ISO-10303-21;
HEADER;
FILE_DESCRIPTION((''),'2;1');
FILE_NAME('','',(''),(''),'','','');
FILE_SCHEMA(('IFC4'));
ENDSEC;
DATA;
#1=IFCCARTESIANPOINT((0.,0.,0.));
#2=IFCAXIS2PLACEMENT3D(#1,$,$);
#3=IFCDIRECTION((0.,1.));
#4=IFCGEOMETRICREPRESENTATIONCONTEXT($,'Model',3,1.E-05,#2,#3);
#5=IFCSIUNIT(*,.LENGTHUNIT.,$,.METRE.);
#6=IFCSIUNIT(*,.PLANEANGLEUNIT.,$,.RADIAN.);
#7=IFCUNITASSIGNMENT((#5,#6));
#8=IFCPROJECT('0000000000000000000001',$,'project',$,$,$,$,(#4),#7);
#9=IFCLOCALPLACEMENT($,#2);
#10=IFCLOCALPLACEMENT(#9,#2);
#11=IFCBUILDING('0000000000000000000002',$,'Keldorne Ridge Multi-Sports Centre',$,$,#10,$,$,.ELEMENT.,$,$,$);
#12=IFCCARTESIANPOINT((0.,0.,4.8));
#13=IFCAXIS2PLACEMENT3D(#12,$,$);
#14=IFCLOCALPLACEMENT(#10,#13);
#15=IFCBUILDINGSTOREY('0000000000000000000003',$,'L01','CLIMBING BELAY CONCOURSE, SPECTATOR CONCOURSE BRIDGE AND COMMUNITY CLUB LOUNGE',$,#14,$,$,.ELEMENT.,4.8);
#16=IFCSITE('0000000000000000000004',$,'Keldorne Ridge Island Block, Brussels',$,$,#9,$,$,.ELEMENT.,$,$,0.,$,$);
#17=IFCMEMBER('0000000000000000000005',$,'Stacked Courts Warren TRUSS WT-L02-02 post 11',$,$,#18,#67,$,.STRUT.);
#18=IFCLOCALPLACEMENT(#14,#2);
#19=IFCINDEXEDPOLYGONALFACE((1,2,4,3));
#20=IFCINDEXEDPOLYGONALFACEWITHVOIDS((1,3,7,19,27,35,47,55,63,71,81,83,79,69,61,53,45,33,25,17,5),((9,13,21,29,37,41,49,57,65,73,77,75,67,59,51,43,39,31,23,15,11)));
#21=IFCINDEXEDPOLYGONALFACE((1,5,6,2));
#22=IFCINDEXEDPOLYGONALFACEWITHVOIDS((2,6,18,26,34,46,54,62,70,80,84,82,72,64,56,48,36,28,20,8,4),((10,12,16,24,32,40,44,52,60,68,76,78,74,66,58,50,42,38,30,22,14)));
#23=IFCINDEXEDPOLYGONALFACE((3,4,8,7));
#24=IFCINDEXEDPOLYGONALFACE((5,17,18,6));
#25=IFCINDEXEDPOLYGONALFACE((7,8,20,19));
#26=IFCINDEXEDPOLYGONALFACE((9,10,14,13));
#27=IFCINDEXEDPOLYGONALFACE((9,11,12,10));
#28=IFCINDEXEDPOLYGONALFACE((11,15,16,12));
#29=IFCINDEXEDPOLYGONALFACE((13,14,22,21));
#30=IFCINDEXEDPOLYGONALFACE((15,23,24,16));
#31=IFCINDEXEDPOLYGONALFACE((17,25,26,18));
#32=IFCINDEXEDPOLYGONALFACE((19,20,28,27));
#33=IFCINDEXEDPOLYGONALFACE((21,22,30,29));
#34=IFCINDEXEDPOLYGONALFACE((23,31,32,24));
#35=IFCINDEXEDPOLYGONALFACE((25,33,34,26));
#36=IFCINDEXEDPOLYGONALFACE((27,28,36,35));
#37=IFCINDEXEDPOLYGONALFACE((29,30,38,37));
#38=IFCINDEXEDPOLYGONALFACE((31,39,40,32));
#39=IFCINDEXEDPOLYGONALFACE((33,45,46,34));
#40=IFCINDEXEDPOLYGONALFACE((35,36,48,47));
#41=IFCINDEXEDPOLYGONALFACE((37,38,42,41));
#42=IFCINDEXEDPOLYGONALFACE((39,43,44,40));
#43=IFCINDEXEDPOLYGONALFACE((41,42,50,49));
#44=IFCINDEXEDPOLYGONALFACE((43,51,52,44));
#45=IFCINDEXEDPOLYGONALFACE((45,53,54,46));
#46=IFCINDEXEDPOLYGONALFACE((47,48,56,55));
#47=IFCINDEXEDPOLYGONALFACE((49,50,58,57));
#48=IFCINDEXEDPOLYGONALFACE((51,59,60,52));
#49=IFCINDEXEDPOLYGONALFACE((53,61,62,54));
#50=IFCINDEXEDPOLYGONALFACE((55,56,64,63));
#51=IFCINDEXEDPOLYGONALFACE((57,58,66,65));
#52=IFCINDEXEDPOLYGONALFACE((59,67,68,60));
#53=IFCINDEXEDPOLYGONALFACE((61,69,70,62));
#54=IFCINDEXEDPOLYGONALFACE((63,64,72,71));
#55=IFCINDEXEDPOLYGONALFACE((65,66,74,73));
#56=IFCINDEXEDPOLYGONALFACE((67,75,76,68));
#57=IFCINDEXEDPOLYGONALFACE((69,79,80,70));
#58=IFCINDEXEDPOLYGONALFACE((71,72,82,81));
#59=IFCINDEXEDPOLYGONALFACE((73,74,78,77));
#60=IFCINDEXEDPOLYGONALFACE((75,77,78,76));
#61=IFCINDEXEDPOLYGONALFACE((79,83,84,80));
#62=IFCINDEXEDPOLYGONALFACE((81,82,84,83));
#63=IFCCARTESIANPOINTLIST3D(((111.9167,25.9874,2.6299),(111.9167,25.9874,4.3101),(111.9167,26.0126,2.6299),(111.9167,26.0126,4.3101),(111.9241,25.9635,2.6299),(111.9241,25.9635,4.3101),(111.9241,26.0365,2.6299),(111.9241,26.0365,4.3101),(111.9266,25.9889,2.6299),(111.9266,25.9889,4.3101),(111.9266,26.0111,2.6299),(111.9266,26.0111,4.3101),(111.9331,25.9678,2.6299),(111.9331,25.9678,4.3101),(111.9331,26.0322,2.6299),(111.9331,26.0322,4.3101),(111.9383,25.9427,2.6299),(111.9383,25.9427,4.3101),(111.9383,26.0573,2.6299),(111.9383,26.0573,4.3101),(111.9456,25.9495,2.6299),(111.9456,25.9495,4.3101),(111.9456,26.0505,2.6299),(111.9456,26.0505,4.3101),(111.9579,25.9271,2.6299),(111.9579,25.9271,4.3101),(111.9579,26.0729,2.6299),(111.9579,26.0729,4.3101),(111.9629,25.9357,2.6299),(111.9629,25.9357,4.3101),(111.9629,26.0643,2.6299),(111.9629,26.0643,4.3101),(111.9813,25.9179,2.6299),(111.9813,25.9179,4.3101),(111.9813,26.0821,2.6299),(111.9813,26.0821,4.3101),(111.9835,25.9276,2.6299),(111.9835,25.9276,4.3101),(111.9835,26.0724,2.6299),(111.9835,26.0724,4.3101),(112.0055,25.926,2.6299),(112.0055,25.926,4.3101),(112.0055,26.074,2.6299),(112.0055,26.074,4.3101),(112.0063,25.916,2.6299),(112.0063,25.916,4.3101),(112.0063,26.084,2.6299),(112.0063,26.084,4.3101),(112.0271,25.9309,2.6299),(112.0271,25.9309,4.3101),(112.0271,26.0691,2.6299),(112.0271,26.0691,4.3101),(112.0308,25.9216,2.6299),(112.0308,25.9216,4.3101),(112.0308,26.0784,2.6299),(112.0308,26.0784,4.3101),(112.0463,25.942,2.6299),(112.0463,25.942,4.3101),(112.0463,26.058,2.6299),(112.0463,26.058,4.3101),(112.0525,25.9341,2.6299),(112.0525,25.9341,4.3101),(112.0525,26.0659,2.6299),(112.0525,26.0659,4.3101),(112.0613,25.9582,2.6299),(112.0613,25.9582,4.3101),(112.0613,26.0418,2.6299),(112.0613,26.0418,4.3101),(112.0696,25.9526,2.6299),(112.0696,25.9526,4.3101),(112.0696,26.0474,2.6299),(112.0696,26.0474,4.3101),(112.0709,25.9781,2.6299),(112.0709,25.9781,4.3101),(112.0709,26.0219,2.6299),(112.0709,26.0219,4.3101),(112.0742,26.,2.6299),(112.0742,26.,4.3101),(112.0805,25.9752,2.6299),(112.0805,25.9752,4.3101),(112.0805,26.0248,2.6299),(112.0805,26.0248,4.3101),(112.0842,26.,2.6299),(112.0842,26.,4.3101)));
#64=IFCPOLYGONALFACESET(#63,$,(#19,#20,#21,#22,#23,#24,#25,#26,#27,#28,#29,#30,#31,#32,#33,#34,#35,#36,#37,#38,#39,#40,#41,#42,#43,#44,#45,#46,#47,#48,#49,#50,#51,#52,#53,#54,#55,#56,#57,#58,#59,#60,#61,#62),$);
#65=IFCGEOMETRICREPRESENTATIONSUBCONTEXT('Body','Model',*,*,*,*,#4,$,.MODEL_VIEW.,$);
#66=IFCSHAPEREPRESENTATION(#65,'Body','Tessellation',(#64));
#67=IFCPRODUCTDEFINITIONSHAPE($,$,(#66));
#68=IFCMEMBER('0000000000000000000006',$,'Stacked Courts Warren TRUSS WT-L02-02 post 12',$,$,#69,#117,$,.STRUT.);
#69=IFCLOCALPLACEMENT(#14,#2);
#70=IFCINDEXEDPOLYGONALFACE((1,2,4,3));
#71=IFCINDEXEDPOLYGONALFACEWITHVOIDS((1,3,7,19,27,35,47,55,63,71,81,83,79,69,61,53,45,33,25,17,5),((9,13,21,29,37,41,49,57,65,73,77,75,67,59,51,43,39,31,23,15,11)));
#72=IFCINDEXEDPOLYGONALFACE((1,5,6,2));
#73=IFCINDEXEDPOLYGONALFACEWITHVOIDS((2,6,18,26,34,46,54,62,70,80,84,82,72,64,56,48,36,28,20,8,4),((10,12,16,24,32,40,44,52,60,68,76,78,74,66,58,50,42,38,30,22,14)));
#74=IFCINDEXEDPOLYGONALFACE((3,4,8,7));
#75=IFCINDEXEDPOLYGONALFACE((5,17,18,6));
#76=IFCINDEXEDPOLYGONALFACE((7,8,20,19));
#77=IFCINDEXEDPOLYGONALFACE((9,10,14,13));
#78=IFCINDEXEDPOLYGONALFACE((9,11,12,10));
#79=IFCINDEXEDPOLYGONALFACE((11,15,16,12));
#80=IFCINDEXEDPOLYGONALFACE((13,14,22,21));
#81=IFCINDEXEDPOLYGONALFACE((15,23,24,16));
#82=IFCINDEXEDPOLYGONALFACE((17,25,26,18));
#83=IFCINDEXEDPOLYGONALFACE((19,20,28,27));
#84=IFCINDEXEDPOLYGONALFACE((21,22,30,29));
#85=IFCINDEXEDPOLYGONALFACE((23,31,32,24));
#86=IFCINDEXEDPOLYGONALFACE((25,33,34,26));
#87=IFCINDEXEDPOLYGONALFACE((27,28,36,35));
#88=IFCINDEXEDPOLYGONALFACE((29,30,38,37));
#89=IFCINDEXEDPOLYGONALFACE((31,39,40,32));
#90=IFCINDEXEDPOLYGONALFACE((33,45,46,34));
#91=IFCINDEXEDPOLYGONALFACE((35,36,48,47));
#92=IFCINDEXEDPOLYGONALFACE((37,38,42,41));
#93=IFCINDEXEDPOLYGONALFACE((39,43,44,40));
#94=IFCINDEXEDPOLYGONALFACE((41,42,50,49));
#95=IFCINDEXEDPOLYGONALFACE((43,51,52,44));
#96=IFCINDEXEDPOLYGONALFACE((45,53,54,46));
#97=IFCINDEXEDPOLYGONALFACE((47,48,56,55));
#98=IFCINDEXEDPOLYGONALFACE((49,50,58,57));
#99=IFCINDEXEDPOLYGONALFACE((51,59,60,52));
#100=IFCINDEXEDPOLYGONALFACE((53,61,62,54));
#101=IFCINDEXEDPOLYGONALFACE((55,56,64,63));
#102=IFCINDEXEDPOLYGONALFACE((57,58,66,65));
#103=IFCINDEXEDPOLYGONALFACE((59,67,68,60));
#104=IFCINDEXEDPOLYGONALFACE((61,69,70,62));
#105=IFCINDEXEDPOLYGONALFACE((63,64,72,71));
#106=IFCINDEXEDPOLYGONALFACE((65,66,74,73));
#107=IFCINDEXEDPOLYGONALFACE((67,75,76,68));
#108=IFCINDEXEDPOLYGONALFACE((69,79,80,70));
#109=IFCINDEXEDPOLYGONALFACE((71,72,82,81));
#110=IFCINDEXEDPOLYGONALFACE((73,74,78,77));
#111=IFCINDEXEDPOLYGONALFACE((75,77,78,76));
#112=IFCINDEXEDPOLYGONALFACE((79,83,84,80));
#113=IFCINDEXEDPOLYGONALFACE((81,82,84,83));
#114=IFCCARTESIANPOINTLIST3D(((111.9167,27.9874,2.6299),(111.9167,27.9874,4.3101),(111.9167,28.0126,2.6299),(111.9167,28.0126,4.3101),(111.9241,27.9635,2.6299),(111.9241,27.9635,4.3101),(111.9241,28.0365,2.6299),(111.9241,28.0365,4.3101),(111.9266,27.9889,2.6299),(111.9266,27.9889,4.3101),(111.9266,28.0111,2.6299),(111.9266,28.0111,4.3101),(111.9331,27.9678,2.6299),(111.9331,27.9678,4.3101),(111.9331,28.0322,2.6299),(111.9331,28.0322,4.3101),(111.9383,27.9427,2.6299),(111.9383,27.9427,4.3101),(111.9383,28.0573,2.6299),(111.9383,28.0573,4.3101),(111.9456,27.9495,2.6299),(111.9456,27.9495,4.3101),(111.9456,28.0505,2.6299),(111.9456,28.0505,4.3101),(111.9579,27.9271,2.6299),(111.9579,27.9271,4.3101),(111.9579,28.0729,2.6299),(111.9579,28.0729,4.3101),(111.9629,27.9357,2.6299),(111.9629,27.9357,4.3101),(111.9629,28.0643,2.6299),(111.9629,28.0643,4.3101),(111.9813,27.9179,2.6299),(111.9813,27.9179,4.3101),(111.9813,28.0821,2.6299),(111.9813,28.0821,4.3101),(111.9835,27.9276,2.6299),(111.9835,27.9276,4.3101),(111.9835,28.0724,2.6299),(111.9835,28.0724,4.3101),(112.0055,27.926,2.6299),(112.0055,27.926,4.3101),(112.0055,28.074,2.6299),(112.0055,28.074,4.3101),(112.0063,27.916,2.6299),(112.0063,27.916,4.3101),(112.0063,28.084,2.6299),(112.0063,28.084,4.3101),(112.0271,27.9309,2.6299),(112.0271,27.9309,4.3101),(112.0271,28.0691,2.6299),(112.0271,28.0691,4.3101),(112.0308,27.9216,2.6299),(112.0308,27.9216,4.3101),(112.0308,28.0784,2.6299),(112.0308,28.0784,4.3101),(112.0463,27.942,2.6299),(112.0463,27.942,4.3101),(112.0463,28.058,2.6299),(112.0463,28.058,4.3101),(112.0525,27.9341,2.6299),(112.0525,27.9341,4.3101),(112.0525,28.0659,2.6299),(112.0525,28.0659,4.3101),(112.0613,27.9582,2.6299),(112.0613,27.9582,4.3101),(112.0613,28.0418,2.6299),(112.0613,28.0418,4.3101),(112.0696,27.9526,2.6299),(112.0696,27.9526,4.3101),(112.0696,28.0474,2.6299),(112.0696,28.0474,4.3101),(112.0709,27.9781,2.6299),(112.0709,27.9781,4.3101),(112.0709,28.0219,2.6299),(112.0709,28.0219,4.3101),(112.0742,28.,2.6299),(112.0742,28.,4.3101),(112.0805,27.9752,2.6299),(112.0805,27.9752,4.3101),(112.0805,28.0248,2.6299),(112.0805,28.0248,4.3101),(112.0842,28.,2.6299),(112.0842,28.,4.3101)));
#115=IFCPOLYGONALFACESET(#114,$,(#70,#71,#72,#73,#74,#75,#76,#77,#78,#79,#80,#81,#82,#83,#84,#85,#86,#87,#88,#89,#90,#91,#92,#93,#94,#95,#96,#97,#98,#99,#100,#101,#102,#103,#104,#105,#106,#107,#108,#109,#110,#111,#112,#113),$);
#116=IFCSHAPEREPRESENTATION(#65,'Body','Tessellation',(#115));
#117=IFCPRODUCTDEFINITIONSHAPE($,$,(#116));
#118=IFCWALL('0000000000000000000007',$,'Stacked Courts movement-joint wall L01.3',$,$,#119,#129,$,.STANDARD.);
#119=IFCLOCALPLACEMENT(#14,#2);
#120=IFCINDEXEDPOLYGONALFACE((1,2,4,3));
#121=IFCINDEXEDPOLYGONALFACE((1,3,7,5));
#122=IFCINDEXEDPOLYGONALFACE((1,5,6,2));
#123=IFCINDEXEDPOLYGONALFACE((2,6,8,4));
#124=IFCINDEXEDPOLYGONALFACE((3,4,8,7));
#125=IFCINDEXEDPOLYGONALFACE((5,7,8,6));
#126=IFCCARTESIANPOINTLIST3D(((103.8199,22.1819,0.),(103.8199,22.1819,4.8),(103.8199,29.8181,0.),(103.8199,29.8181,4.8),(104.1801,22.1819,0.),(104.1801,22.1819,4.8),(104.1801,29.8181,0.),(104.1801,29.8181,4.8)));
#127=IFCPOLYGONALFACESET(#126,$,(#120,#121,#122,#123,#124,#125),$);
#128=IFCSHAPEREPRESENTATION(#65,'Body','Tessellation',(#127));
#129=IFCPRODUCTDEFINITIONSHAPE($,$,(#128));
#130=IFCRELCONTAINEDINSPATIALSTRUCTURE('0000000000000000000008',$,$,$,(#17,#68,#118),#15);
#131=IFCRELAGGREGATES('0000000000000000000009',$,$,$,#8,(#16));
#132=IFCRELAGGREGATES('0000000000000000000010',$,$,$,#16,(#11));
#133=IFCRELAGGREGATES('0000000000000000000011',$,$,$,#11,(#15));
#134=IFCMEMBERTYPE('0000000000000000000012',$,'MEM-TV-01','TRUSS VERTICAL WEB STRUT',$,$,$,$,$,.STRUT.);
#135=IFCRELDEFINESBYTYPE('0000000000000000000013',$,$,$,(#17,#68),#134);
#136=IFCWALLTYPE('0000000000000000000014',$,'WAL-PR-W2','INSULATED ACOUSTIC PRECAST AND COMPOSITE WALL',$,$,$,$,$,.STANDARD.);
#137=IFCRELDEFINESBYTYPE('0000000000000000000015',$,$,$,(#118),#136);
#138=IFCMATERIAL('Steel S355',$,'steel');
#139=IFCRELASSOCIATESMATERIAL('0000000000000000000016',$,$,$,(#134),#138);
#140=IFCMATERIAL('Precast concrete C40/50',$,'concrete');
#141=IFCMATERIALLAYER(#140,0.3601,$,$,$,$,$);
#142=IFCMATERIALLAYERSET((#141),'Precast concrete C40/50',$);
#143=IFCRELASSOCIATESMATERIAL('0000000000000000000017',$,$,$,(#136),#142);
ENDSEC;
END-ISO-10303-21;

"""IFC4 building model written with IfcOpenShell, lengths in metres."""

from ifc_helpers import new_model, si_unit, direction, frame, frame_2d, origin, origin_2d, place, context, subcontext, project, spatial, rectangle, hollow_circle, extrude, material, layer, layer_set, material_profile, profile_set, type_object, element, save


model = new_model("IFC4")

# Units and contexts
model_context = context("Model", 3, precision=1e-05, world=origin(), true_north=direction((0.0, 1.0)))
body_context = subcontext(model_context, "Body", "Model", "MODEL_VIEW")
ifc_project = project(units=[si_unit("LENGTHUNIT", "METRE"), si_unit("PLANEANGLEUNIT", "RADIAN")], contexts=[model_context])

# Site, building, storey
site_placement = place(None, origin())
site = spatial("IfcSite", under=ifc_project, at=site_placement, Name="Keldorne Ridge Island Block, Brussels", CompositionType="ELEMENT", RefElevation=0.0)
building_placement = place(site_placement, origin())
building = spatial("IfcBuilding", under=site, at=building_placement, Name="Keldorne Ridge Multi-Sports Centre", CompositionType="ELEMENT")
storey_placement = place(building_placement, frame((0.0, 0.0, 4.8)))
storey = spatial("IfcBuildingStorey", under=building, at=storey_placement, Name="L01", Description="CLIMBING BELAY CONCOURSE, SPECTATOR CONCOURSE BRIDGE AND COMMUNITY CLUB LOUNGE", CompositionType="ELEMENT", Elevation=4.8)

# Members
ifc_material_1 = material(Name="Steel S355", Category="steel")
ifc_material_profile_1 = material_profile(ifc_material_1, hollow_circle(Radius=0.0842, WallThickness=0.01, at=origin_2d()), Name="CHS 168.3x10")
ifc_profile_set_1 = profile_set([ifc_material_profile_1], Name="Steel S355")
member_type_1 = type_object("IfcMemberType", Name="MEM-TV-01", Description="TRUSS VERTICAL WEB STRUT", PredefinedType="STRUT", material=ifc_profile_set_1)
for number, where, z_axis, x_axis, name in (
    (1, (112.0, 26.0, 2.6299), (0.0, 0.0, 1.0), (1.0, 0.0, 0.0), "Stacked Courts Warren TRUSS WT-L02-02 post 11"),
    (2, (112.0, 28.0, 2.6299), (0.0, 0.0, 1.0), (1.0, 0.0, 0.0), "Stacked Courts Warren TRUSS WT-L02-02 post 12"),
):
    element("IfcMember", number, at=place(storey_placement, frame(where, z_axis=z_axis, x_axis=x_axis)), inside=storey, type_object=member_type_1, Name=name, PredefinedType="STRUT", context=body_context, shape_type="SweptSolid", body=[
        extrude(hollow_circle(Radius=0.0842, WallThickness=0.01, at=origin_2d()), origin(), (0.0, 0.0, 1.0), 1.6802),
    ])

# Wall
ifc_material_2 = material(Name="Precast concrete C40/50", Category="concrete")
ifc_layer = layer(ifc_material_2, 0.3601)
ifc_layer_set = layer_set([ifc_layer], Name="Precast concrete C40/50")
wall_type = type_object("IfcWallType", Name="WAL-PR-W2", Description="INSULATED ACOUSTIC PRECAST AND COMPOSITE WALL", PredefinedType="STANDARD", material=ifc_layer_set)
wall_placement = place(storey_placement, frame((104.0, 29.8181, 0.0), z_axis=(0.0, 0.0, 1.0), x_axis=(0.0, -1.0, 0.0)))
element("IfcWall", 3, at=wall_placement, inside=storey, type_object=wall_type, Name="Stacked Courts movement-joint wall L01.3", PredefinedType="STANDARD", context=body_context, shape_type="SweptSolid", body=[
    extrude(rectangle(XDim=7.6362, YDim=0.3601, at=frame_2d((3.8181, 0.0))), origin(), (0.0, 0.0, 1.0), 4.8),
])

save(model, "model.ifc")
